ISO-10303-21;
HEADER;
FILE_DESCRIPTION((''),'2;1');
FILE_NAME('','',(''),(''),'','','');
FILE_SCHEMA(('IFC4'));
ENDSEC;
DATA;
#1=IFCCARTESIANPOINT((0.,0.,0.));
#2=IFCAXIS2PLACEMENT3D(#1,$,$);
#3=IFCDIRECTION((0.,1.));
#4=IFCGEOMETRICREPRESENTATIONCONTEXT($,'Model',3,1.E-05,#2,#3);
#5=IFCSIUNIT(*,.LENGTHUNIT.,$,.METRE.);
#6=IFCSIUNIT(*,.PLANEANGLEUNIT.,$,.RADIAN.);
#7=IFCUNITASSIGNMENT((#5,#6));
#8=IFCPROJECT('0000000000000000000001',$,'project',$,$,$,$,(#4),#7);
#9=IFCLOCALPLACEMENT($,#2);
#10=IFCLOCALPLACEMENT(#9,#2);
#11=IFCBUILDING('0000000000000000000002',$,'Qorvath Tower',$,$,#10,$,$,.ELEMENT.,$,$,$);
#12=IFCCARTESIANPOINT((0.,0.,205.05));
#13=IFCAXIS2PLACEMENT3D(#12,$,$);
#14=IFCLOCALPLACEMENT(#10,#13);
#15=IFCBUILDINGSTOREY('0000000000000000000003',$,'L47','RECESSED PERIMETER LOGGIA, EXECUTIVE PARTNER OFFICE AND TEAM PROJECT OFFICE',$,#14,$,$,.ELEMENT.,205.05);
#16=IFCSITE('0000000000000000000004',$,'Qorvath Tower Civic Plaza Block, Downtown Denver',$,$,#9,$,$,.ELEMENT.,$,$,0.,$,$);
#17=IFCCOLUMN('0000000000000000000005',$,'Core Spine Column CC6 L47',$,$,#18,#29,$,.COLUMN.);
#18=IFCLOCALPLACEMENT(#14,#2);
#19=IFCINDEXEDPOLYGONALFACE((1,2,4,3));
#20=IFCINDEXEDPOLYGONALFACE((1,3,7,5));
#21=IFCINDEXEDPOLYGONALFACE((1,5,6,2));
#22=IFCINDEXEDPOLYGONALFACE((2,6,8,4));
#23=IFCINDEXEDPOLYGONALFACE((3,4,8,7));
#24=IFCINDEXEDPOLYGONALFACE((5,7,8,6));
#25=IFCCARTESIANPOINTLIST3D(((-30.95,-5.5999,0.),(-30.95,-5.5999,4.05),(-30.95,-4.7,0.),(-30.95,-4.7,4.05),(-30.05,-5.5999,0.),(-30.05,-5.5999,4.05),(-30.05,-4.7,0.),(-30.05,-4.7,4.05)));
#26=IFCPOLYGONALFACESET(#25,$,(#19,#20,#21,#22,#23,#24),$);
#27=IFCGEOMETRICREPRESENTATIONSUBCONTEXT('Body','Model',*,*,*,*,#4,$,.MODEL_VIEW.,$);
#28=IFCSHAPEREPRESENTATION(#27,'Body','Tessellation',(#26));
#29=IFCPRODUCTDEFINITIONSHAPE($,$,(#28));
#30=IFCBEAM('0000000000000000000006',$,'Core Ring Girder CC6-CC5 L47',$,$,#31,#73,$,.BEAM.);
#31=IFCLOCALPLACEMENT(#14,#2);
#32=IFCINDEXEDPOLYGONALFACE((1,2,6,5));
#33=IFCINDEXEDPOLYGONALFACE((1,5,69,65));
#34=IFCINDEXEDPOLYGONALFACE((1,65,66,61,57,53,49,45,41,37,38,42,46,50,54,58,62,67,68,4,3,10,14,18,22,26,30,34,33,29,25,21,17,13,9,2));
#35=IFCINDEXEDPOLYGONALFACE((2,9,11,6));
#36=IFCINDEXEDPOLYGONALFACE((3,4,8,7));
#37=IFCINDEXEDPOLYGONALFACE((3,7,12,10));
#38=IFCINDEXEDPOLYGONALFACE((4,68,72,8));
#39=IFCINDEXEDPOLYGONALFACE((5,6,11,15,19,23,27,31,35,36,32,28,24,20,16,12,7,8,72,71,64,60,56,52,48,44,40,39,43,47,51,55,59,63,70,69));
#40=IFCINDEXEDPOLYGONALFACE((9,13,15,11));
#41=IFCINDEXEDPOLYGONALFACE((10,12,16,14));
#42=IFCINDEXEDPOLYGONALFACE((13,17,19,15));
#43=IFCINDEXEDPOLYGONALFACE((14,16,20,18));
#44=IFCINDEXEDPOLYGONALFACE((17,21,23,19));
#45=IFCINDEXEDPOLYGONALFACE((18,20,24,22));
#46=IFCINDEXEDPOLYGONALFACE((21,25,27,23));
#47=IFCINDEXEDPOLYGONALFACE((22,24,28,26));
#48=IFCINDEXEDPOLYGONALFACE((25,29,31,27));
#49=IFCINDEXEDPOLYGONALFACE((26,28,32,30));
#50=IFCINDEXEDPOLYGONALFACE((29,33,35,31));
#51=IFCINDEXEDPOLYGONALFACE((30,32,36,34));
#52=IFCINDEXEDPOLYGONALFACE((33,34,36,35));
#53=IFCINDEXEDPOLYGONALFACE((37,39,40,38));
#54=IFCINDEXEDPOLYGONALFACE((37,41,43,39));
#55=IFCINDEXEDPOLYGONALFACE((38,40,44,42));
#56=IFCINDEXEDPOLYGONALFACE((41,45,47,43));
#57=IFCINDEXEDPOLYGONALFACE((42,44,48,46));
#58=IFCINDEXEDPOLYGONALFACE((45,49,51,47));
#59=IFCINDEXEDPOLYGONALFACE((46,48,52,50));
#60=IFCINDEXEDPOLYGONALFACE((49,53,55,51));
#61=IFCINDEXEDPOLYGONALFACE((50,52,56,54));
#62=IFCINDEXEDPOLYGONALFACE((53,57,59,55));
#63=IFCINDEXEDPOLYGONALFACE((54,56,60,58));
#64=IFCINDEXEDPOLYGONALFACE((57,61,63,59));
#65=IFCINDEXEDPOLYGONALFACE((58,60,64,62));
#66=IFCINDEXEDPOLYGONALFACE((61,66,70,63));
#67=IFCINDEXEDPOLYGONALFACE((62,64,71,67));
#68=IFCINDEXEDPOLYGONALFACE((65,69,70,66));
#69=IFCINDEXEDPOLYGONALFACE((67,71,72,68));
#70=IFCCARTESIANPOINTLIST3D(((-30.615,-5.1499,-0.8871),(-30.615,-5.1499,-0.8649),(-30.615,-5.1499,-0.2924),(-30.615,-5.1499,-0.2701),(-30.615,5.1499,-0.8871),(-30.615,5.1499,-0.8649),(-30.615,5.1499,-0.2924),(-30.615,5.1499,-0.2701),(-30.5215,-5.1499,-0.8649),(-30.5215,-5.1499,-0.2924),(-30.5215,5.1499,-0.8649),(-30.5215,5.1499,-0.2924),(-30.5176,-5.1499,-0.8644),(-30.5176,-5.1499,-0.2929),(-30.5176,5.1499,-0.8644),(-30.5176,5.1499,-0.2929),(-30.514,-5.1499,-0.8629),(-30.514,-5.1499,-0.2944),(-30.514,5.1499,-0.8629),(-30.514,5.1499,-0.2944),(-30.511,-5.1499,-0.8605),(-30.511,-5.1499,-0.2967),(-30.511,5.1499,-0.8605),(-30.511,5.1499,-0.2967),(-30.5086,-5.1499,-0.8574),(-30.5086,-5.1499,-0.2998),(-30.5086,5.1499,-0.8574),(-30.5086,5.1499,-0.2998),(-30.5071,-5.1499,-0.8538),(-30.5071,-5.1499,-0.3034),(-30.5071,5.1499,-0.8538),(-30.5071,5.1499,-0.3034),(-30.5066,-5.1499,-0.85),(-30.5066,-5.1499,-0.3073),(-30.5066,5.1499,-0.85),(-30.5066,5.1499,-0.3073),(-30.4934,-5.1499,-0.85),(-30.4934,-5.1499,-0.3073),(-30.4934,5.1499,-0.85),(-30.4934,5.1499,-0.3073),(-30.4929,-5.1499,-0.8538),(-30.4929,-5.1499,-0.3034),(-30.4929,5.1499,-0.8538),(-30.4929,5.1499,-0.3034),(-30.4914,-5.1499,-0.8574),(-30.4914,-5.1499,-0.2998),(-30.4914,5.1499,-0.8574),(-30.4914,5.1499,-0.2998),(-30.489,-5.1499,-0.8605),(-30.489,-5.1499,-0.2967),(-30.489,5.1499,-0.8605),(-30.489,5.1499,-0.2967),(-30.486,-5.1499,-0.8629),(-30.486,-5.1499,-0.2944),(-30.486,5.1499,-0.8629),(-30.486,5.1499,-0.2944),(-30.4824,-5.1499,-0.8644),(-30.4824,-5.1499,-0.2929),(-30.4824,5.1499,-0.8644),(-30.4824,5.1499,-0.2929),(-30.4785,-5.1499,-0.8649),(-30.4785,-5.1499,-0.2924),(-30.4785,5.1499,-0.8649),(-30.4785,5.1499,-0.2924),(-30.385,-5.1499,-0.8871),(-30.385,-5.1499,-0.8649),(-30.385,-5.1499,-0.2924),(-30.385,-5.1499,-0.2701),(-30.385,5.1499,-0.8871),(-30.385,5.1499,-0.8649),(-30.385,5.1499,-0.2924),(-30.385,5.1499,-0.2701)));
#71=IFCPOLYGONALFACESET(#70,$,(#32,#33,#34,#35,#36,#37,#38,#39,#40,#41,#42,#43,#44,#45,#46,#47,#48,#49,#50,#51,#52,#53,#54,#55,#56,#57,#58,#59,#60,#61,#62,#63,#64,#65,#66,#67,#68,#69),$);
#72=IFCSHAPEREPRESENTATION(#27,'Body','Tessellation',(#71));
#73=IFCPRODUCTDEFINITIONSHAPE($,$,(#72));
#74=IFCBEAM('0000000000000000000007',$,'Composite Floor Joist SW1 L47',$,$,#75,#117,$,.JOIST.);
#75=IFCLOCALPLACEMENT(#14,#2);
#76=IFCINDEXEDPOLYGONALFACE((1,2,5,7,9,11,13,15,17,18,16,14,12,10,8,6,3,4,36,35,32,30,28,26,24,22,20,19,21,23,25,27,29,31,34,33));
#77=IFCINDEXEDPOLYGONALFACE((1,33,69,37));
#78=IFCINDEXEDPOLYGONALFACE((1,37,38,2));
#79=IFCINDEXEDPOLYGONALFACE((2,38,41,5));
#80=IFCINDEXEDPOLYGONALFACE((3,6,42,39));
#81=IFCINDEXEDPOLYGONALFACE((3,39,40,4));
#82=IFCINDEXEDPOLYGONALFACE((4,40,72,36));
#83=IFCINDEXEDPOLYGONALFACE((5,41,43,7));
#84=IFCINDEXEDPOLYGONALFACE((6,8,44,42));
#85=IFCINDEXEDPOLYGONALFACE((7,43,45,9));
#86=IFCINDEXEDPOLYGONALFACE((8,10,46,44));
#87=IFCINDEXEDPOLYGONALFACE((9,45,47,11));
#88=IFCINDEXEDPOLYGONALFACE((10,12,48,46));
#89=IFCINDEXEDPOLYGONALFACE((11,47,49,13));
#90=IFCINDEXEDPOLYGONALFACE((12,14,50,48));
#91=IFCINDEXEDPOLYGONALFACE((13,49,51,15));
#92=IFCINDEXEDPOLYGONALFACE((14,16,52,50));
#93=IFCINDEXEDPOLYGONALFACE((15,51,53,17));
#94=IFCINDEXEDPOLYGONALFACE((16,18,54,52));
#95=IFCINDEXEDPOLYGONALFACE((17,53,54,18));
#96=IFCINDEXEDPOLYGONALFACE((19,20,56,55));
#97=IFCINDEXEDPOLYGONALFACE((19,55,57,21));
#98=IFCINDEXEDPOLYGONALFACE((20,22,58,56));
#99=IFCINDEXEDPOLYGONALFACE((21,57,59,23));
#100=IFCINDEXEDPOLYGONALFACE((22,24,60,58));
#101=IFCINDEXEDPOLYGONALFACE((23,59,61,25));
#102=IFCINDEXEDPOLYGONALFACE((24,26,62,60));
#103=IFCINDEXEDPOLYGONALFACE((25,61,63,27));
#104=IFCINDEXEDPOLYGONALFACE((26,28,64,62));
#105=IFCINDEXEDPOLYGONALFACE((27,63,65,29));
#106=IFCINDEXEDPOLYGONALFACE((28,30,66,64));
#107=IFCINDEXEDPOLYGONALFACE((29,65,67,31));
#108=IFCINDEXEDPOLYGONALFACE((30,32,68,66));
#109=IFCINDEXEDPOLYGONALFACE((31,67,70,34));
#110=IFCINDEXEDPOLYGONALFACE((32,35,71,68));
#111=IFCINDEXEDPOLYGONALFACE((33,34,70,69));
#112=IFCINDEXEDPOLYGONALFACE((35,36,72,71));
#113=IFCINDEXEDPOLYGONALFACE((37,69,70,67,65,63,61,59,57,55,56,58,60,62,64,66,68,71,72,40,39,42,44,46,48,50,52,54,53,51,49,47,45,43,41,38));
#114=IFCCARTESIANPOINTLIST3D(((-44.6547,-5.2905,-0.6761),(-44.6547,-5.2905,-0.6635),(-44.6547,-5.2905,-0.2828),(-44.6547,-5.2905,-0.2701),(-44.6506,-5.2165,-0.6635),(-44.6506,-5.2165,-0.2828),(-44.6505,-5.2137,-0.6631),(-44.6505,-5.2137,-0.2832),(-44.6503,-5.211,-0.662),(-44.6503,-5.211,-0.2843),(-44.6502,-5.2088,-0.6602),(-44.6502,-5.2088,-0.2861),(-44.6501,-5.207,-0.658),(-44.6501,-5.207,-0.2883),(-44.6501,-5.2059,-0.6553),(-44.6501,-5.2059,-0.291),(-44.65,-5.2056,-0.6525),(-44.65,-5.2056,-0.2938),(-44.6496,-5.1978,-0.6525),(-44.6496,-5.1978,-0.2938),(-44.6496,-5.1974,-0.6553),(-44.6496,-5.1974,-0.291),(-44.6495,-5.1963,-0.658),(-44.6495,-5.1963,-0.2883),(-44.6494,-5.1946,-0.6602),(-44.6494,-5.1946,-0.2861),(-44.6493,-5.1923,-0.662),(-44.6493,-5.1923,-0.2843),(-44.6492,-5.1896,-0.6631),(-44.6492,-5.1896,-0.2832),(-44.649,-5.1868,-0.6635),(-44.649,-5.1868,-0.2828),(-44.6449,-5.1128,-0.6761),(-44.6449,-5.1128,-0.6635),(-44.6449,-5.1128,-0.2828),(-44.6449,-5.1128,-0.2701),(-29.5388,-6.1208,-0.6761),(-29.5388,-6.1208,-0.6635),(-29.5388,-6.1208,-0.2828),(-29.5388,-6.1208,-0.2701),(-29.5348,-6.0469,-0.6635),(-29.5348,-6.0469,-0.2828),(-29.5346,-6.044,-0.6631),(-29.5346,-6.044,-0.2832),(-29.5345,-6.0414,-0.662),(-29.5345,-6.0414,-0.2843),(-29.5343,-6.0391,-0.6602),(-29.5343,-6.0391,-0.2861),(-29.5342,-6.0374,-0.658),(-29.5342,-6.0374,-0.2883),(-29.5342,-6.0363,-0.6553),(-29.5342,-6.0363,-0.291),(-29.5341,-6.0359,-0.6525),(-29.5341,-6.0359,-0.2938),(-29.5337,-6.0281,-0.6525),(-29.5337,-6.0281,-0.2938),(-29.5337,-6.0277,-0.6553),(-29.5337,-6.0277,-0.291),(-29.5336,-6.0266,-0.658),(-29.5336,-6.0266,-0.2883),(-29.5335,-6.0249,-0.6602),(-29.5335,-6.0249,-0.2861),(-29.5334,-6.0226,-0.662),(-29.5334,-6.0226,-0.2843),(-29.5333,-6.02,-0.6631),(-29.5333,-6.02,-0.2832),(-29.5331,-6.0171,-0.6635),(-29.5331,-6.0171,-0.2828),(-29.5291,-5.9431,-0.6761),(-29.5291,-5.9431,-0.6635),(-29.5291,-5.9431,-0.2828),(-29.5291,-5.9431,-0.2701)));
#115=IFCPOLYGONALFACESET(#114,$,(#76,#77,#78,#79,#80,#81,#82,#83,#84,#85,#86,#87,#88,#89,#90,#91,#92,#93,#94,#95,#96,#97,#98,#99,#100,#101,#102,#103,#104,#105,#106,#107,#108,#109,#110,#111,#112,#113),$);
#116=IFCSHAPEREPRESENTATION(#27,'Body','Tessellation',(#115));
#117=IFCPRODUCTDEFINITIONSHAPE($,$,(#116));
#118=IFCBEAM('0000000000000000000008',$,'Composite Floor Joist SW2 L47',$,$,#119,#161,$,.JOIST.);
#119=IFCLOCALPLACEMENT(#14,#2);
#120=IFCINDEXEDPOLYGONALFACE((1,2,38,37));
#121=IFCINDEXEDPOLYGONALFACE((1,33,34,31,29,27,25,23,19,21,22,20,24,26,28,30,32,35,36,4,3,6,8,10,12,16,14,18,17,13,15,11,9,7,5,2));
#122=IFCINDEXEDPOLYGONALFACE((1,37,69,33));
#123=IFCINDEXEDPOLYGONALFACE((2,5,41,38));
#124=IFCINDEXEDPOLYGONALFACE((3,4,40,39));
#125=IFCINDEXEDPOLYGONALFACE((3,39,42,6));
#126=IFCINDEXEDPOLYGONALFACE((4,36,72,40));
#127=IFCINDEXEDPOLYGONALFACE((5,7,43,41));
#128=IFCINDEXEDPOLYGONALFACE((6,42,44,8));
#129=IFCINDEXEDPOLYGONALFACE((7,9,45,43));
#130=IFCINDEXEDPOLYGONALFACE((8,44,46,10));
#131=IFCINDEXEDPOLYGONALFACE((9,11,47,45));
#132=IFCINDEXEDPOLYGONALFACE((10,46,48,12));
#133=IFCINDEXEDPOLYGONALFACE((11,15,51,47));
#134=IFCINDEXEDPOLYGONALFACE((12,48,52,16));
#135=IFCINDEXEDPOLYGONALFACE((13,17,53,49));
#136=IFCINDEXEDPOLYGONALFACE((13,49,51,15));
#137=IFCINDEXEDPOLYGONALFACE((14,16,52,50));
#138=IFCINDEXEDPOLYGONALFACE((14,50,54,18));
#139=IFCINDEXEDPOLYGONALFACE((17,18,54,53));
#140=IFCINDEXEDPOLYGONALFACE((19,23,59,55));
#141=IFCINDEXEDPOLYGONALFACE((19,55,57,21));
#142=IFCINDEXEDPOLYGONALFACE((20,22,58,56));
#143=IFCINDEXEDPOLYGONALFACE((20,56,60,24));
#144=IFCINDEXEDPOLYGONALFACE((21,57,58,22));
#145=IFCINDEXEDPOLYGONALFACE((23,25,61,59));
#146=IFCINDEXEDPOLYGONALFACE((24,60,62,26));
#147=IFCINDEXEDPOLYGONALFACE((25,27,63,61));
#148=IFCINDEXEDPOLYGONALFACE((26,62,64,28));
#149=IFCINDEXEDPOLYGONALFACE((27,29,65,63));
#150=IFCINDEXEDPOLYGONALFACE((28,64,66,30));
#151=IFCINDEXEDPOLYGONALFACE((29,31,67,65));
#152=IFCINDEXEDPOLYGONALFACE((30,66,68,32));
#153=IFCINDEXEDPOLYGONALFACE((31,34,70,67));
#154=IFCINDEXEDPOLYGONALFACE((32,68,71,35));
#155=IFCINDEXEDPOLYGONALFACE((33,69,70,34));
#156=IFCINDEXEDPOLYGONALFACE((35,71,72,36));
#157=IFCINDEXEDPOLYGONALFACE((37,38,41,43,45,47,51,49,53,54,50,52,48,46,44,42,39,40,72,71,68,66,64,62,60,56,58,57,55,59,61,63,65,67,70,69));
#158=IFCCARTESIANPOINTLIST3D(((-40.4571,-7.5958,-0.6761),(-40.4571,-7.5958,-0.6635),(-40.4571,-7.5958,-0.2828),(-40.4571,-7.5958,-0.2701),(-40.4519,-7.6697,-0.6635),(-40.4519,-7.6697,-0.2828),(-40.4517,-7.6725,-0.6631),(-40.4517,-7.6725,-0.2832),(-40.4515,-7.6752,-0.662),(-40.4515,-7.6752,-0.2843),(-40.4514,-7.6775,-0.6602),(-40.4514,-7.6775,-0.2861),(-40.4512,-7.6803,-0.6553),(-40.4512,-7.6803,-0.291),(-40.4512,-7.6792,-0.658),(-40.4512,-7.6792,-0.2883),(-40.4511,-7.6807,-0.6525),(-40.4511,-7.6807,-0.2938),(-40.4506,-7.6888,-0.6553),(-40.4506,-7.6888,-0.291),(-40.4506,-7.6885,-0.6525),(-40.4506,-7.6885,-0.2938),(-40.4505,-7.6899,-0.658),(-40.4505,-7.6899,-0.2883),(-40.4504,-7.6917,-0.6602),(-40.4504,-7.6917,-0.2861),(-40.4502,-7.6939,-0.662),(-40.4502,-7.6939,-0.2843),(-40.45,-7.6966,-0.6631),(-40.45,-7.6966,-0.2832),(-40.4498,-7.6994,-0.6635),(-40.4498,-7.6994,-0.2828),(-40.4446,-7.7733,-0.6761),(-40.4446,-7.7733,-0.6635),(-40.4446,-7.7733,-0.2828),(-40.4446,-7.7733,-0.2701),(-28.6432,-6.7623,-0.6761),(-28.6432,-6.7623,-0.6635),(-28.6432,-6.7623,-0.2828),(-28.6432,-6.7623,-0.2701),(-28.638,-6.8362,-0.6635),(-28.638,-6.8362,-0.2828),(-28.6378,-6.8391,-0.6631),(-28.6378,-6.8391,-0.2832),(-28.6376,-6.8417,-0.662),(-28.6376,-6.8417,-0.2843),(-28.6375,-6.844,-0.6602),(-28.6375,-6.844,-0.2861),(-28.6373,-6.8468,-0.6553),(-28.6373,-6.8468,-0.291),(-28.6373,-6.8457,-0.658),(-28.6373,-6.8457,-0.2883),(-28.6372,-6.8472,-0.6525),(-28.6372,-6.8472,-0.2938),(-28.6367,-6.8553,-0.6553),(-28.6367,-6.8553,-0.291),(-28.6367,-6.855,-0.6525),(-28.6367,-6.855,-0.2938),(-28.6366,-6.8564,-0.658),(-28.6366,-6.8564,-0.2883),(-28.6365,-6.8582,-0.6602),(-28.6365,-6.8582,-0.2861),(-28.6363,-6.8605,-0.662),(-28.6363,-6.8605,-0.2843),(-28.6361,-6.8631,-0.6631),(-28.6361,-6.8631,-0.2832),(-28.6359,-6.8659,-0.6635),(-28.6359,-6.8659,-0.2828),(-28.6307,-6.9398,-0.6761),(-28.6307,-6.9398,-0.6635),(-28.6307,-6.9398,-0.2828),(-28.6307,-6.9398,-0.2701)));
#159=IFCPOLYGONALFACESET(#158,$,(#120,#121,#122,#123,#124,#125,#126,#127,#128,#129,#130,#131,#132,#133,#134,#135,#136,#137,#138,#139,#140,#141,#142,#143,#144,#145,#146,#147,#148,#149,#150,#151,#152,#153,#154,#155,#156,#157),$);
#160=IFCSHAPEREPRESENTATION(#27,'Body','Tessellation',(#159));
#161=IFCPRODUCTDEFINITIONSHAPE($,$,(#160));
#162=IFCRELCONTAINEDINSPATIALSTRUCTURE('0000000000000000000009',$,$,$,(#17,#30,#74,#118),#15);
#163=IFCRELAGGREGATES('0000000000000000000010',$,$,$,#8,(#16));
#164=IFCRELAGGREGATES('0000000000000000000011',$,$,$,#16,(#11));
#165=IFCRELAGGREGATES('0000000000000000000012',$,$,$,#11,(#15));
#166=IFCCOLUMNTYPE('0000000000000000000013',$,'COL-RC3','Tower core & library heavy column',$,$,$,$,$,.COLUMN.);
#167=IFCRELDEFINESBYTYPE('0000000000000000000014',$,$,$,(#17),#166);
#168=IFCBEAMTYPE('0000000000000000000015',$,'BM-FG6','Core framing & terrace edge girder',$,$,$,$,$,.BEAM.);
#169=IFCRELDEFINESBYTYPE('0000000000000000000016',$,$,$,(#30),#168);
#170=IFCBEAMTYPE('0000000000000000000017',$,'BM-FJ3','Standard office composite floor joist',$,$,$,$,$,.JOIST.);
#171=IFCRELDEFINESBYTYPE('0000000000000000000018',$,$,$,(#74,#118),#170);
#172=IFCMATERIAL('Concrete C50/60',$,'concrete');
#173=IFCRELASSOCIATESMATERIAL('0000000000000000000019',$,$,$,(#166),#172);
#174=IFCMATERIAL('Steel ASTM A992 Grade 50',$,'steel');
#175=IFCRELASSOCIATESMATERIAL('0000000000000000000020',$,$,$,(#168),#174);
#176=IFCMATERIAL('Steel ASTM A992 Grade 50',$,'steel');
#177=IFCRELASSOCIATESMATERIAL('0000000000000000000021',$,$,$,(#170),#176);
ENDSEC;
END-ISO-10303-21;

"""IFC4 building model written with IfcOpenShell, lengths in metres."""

from ifc_helpers import new_model, si_unit, direction, frame, origin, origin_2d, place, context, subcontext, project, spatial, rectangle, i_section, extrude, material, material_profile, profile_set, type_object, element, save


model = new_model("IFC4")

# Units and contexts
model_context = context("Model", 3, precision=1e-05, world=origin(), true_north=direction((0.0, 1.0)))
body_context = subcontext(model_context, "Body", "Model", "MODEL_VIEW")
ifc_project = project(units=[si_unit("LENGTHUNIT", "METRE"), si_unit("PLANEANGLEUNIT", "RADIAN")], contexts=[model_context])

# Site, building, storey
site_placement = place(None, origin())
site = spatial("IfcSite", under=ifc_project, at=site_placement, Name="Qorvath Tower Civic Plaza Block, Downtown Denver", CompositionType="ELEMENT", RefElevation=0.0)
building_placement = place(site_placement, origin())
building = spatial("IfcBuilding", under=site, at=building_placement, Name="Qorvath Tower", CompositionType="ELEMENT")
storey_placement = place(building_placement, frame((0.0, 0.0, 205.05)))
storey = spatial("IfcBuildingStorey", under=building, at=storey_placement, Name="L47", Description="RECESSED PERIMETER LOGGIA, EXECUTIVE PARTNER OFFICE AND TEAM PROJECT OFFICE", CompositionType="ELEMENT", Elevation=205.05)

# Column
ifc_material_1 = material(Name="Concrete C50/60", Category="concrete")
ifc_material_profile_1 = material_profile(ifc_material_1, rectangle(XDim=0.8999, YDim=0.8999, at=origin_2d()), Name="RC 900x900")
ifc_profile_set_1 = profile_set([ifc_material_profile_1], Name="Concrete C50/60")
column_type = type_object("IfcColumnType", Name="COL-RC3", Description="Tower core & library heavy column", PredefinedType="COLUMN", material=ifc_profile_set_1)
column_placement = place(storey_placement, frame((-30.5, -5.1499, 0.0), z_axis=(0.0, 0.0, 1.0), x_axis=(1.0, 0.0, 0.0)))
element("IfcColumn", 1, at=column_placement, inside=storey, type_object=column_type, Name="Core Spine Column CC6 L47", PredefinedType="COLUMN", context=body_context, shape_type="SweptSolid", body=[
    extrude(rectangle(XDim=0.8999, YDim=0.8999, at=origin_2d()), origin(), (0.0, 0.0, 1.0), 4.05),
])

# Beams
ifc_material_2 = material(Name="Steel ASTM A992 Grade 50", Category="steel")
ifc_material_profile_2 = material_profile(ifc_material_2, i_section(OverallWidth=0.23, OverallDepth=0.6169, WebThickness=0.0132, FlangeThickness=0.0222, FilletRadius=0.0149, at=origin_2d()), Name="W24x94")
ifc_profile_set_2 = profile_set([ifc_material_profile_2], Name="Steel ASTM A992 Grade 50")
beam_type_1 = type_object("IfcBeamType", Name="BM-FG6", Description="Core framing & terrace edge girder", PredefinedType="BEAM", material=ifc_profile_set_2)
beam_1_placement = place(storey_placement, frame((-30.5, -5.1499, -0.5786), z_axis=(0.0, 1.0, 0.0), x_axis=(-1.0, 0.0, 0.0)))
element("IfcBeam", 2, at=beam_1_placement, inside=storey, type_object=beam_type_1, Name="Core Ring Girder CC6-CC5 L47", PredefinedType="BEAM", context=body_context, shape_type="SweptSolid", body=[
    extrude(i_section(OverallWidth=0.23, OverallDepth=0.6169, WebThickness=0.0132, FlangeThickness=0.0222, FilletRadius=0.0149, at=origin_2d()), origin(), (0.0, 0.0, 1.0), 10.2998),
])
ifc_material_3 = material(Name="Steel ASTM A992 Grade 50", Category="steel")
ifc_material_profile_3 = material_profile(ifc_material_3, i_section(OverallWidth=0.178, OverallDepth=0.406, WebThickness=0.0078, FlangeThickness=0.0127, FilletRadius=0.011, at=origin_2d()), Name="W16x40")
ifc_profile_set_3 = profile_set([ifc_material_profile_3], Name="Steel ASTM A992 Grade 50")
beam_type_2 = type_object("IfcBeamType", Name="BM-FJ3", Description="Standard office composite floor joist", PredefinedType="JOIST", material=ifc_profile_set_3)
beam_2_placement = place(storey_placement, frame((-29.5339, -6.032, -0.4731), z_axis=(-0.998495, 0.054847, 0.0), x_axis=(-0.054847, -0.998495, 0.0)))
element("IfcBeam", 3, at=beam_2_placement, inside=storey, type_object=beam_type_2, Name="Composite Floor Joist SW1 L47", PredefinedType="JOIST", context=body_context, shape_type="SweptSolid", body=[
    extrude(i_section(OverallWidth=0.178, OverallDepth=0.406, WebThickness=0.0078, FlangeThickness=0.0127, FilletRadius=0.011, at=origin_2d()), origin(), (0.0, 0.0, 1.0), 15.1387),
])
beam_3_placement = place(storey_placement, frame((-28.637, -6.8511, -0.4731), z_axis=(-0.99752, -0.070377, 0.0), x_axis=(0.070377, -0.99752, 0.0)))
element("IfcBeam", 4, at=beam_3_placement, inside=storey, type_object=beam_type_2, Name="Composite Floor Joist SW2 L47", PredefinedType="JOIST", context=body_context, shape_type="SweptSolid", body=[
    extrude(i_section(OverallWidth=0.178, OverallDepth=0.406, WebThickness=0.0078, FlangeThickness=0.0127, FilletRadius=0.011, at=origin_2d()), origin(), (0.0, 0.0, 1.0), 11.8433),
])

save(model, "model.ifc")
